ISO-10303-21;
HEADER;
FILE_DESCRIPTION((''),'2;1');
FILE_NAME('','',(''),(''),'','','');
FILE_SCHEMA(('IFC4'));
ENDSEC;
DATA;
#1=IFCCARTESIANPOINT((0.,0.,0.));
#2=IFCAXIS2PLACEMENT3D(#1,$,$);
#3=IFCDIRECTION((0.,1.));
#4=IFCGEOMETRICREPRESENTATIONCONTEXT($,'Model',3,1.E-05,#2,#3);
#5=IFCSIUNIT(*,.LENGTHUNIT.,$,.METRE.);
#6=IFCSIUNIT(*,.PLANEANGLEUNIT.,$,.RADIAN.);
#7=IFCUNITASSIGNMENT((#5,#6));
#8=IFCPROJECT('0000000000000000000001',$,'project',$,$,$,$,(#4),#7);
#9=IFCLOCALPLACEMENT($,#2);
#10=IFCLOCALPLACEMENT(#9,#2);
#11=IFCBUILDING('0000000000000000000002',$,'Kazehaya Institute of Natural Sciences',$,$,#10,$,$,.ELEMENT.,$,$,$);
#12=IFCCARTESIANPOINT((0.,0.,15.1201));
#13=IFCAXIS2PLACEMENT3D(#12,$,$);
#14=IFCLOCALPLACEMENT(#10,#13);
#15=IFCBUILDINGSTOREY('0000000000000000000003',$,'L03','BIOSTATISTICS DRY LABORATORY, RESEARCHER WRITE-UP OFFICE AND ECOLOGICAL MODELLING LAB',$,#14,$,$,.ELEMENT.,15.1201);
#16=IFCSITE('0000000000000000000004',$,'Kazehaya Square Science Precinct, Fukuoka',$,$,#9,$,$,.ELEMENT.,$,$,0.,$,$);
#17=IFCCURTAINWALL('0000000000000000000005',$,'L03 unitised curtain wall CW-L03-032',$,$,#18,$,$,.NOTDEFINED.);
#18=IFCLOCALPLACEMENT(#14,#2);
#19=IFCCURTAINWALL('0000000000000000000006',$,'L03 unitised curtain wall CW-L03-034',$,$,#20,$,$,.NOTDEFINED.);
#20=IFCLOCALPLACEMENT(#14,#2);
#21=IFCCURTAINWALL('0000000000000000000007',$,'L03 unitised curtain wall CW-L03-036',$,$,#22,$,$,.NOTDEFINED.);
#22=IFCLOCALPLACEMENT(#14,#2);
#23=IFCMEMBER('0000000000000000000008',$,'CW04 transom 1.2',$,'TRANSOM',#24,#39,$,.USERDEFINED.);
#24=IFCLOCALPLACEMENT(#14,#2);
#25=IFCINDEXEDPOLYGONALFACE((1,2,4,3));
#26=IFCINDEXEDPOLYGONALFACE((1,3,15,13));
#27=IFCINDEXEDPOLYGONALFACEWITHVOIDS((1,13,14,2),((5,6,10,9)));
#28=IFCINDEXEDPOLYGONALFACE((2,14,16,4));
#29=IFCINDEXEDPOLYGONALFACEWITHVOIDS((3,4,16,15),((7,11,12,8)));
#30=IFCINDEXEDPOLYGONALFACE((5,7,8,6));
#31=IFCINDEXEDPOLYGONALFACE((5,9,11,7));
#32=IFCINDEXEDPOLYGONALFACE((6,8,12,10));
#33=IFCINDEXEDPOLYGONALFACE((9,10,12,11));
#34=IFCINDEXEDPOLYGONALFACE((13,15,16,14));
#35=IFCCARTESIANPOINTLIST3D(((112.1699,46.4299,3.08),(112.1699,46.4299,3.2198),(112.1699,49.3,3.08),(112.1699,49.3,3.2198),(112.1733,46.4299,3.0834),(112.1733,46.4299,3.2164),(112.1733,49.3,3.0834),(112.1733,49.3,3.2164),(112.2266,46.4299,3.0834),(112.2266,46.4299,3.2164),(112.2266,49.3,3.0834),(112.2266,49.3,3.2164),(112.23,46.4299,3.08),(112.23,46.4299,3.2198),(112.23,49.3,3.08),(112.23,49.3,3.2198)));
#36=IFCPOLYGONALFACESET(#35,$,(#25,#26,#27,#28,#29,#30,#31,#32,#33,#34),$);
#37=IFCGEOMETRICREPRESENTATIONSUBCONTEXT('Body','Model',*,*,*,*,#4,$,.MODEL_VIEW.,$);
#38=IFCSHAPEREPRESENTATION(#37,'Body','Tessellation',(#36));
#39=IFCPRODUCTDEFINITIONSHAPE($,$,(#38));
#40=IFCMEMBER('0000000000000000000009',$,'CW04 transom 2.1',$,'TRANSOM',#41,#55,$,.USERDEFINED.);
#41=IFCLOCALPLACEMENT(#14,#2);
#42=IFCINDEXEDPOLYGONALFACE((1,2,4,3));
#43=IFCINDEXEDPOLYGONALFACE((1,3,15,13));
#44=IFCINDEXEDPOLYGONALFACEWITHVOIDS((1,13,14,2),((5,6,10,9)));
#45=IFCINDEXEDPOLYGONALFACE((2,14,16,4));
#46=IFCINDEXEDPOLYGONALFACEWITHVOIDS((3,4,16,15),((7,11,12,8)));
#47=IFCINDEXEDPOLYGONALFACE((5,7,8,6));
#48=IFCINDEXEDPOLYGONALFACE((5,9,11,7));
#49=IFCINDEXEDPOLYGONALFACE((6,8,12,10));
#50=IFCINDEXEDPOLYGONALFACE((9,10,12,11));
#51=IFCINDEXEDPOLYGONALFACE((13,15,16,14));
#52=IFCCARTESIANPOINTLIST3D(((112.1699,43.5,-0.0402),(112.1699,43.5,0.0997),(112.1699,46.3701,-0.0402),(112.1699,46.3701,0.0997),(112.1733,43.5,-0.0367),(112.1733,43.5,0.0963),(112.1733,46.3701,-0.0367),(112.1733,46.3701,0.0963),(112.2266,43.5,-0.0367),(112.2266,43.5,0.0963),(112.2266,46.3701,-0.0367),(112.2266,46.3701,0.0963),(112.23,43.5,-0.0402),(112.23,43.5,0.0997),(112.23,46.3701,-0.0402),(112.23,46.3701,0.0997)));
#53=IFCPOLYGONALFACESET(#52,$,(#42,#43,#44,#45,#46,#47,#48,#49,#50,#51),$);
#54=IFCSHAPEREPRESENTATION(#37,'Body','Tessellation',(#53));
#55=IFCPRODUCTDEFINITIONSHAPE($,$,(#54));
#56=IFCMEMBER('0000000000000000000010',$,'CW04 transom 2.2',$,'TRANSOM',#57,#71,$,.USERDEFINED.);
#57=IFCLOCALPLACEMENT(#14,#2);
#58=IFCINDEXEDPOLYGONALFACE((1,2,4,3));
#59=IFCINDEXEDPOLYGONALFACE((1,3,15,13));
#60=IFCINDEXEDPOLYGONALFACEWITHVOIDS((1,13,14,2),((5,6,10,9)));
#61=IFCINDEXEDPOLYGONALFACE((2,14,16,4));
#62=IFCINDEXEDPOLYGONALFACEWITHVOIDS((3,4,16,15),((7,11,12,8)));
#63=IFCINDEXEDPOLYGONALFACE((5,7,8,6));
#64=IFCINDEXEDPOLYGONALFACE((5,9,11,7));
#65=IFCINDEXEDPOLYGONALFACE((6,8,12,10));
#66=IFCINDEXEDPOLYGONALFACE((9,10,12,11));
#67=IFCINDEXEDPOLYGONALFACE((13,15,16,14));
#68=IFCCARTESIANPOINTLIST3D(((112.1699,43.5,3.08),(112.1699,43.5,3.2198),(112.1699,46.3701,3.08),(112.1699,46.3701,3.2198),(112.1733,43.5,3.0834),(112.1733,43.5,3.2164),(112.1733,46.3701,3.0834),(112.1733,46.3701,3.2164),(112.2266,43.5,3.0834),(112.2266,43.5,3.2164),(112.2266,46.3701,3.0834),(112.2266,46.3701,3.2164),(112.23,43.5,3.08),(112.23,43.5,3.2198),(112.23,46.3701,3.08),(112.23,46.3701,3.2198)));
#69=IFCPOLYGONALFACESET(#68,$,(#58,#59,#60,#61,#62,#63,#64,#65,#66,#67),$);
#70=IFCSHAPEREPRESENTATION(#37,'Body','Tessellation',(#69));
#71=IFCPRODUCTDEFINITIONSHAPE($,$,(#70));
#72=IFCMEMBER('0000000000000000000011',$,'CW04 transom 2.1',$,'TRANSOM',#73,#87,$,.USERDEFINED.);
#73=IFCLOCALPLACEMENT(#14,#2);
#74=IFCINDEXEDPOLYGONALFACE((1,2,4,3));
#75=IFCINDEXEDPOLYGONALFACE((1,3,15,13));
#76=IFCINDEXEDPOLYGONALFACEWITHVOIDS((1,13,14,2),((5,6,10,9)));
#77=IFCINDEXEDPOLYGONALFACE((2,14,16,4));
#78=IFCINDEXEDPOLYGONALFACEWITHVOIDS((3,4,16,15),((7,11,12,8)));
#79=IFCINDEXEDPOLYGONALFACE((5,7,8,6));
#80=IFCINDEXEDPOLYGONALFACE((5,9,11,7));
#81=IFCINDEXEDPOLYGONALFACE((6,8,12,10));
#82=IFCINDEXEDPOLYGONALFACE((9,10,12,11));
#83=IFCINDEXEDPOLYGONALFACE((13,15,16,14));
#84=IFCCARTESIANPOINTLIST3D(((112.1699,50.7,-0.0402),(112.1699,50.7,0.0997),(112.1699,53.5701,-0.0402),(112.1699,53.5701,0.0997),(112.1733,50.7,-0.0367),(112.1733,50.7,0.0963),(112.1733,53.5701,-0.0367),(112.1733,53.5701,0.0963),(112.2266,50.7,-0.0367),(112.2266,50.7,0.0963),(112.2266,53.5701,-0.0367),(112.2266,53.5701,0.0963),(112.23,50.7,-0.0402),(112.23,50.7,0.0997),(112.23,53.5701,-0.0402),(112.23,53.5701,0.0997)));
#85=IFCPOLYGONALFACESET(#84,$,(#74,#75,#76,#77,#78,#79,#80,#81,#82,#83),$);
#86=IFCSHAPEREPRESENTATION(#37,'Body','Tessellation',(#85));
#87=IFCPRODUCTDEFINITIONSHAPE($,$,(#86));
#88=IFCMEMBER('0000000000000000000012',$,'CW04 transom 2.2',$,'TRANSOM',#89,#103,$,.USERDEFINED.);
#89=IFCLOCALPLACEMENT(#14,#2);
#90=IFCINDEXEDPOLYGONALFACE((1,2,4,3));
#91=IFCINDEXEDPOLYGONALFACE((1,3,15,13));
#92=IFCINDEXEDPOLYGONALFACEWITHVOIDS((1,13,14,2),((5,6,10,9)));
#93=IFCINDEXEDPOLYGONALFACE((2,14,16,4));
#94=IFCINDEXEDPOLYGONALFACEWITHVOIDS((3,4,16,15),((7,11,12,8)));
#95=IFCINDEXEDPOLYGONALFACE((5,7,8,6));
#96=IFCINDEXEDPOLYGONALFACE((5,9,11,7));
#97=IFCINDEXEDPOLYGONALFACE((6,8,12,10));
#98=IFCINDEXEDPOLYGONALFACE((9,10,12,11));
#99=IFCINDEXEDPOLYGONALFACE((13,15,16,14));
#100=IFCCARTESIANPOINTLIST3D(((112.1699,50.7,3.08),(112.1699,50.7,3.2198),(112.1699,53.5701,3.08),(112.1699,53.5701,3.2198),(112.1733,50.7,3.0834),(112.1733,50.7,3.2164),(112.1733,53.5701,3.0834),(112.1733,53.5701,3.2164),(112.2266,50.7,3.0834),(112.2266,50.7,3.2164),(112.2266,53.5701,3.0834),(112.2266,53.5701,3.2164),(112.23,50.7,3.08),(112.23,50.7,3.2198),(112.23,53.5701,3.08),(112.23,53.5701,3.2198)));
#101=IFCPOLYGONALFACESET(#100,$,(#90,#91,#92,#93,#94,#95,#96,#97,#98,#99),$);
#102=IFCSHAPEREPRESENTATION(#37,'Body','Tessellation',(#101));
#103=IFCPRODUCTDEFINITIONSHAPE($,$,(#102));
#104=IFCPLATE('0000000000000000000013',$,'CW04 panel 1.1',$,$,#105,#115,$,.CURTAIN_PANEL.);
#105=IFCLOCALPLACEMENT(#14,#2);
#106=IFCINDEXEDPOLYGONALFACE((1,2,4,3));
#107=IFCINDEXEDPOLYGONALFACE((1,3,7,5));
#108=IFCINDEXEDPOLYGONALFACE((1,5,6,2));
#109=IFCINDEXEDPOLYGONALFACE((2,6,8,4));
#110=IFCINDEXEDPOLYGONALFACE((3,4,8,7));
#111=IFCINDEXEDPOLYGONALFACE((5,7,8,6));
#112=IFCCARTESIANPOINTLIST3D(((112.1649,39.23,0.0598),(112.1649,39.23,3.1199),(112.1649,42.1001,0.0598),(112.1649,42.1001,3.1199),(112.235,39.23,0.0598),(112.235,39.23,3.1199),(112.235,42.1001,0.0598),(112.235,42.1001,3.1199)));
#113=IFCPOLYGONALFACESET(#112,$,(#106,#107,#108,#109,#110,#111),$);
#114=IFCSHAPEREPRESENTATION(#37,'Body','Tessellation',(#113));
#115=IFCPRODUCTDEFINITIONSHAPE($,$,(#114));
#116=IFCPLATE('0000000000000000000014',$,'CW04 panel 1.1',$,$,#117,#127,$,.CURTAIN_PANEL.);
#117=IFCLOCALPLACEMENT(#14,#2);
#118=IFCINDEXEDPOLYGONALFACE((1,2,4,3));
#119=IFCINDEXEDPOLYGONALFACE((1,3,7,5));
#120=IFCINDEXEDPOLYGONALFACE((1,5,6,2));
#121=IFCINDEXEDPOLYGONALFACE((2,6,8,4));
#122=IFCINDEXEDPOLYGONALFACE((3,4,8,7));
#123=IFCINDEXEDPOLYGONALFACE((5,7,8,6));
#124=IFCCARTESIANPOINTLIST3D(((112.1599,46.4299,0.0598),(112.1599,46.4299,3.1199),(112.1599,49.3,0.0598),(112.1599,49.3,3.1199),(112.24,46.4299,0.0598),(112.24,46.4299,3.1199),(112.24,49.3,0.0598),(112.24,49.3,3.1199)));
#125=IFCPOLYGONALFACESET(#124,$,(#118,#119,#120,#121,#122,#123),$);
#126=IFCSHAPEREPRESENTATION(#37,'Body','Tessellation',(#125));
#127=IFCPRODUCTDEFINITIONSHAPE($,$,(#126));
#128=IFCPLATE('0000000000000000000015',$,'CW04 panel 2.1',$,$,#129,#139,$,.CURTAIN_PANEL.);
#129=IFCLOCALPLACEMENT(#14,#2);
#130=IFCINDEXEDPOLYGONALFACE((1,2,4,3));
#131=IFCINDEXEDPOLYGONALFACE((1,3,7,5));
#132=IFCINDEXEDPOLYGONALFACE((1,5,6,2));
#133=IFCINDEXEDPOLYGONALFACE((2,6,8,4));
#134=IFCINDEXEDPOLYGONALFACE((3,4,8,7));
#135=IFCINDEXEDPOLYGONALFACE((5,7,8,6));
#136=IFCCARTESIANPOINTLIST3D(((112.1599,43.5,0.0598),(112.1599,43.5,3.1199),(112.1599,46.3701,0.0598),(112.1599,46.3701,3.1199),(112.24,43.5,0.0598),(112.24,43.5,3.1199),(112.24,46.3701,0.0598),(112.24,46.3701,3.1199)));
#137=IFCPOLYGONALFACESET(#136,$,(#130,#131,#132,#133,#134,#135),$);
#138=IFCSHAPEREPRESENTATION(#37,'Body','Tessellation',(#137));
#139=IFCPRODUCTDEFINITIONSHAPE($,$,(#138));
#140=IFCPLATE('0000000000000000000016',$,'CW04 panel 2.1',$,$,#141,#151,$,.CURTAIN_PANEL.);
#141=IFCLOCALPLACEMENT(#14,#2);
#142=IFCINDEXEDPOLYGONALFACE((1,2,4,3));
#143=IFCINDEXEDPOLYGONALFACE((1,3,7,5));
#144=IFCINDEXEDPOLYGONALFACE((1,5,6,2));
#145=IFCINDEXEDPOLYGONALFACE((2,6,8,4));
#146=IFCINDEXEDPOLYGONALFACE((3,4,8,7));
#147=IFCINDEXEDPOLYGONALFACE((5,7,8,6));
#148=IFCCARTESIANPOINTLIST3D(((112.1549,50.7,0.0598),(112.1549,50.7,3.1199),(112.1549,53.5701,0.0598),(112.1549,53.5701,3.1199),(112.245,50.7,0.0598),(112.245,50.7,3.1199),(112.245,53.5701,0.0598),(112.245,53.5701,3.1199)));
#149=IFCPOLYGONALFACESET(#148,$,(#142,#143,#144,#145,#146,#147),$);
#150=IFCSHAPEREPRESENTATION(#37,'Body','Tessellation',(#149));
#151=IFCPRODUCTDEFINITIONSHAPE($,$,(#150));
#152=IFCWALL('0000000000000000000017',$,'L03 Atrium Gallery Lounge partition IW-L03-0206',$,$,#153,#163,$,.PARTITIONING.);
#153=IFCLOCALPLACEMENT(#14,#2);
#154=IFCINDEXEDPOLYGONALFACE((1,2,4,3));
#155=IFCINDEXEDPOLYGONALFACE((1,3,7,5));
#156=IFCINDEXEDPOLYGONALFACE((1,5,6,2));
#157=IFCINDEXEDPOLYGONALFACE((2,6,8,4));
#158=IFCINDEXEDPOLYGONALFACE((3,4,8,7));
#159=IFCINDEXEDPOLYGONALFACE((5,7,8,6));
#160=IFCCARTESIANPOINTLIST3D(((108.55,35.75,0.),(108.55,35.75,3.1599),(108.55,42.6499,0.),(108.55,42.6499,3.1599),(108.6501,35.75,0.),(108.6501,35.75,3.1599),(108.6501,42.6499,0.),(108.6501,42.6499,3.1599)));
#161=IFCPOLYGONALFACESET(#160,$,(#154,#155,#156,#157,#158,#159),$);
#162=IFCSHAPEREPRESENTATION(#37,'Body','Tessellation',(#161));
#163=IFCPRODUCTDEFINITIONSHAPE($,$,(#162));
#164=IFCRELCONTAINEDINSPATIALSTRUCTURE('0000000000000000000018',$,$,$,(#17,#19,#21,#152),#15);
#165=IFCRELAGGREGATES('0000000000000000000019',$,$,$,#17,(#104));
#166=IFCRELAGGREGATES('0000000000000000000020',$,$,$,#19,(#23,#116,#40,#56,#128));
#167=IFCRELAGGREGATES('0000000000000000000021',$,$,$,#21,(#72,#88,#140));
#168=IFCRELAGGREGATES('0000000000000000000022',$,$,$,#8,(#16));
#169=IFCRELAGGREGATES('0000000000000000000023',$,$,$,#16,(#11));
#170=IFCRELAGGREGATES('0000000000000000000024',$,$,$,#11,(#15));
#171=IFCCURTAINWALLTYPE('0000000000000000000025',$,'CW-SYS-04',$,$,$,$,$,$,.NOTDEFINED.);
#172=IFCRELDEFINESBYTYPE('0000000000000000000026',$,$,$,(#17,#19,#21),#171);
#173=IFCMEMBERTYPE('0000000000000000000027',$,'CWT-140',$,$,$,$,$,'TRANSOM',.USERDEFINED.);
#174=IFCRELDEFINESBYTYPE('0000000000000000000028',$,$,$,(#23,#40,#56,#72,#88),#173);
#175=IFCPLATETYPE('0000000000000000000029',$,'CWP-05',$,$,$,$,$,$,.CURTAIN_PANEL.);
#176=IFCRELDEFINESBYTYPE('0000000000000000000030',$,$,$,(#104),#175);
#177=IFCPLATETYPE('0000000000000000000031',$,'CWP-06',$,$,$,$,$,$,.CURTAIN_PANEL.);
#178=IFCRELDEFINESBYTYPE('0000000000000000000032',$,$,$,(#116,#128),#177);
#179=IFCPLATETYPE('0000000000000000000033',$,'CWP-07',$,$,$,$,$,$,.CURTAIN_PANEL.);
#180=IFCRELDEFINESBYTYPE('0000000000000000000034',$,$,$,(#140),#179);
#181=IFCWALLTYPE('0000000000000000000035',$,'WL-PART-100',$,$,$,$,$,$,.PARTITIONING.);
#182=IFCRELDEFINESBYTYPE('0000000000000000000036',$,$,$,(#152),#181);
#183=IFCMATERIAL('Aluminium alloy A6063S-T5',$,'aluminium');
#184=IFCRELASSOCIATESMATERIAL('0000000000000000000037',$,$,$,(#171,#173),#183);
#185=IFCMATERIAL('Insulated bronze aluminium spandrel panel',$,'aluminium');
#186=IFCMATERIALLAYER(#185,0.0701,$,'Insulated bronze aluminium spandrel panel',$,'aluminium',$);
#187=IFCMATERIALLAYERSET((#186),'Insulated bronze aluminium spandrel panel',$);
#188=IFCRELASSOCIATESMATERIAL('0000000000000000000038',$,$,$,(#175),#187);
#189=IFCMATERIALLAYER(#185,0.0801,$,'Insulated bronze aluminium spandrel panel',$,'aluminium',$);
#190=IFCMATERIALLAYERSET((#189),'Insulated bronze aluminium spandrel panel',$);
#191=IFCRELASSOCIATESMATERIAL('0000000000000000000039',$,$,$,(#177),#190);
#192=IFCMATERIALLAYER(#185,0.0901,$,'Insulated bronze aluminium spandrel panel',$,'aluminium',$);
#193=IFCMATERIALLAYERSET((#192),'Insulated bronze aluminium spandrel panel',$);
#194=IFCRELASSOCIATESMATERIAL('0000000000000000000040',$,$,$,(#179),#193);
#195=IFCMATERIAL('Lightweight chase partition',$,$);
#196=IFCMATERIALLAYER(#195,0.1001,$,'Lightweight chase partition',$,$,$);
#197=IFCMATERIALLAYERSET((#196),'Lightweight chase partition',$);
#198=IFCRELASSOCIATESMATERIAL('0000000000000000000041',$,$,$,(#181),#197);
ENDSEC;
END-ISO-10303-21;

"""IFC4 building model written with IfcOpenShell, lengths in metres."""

from ifc_helpers import new_model, si_unit, direction, frame, frame_2d, origin, origin_2d, place, context, subcontext, project, spatial, rectangle, hollow_rectangle, extrude, material, layer, layer_set, material_profile, profile_set, type_object, element, aggregate, save


model = new_model("IFC4")

# Units and contexts
model_context = context("Model", 3, precision=1e-05, world=origin(), true_north=direction((0.0, 1.0)))
body_context = subcontext(model_context, "Body", "Model", "MODEL_VIEW")
ifc_project = project(units=[si_unit("LENGTHUNIT", "METRE"), si_unit("PLANEANGLEUNIT", "RADIAN")], contexts=[model_context])

# Site, building, storey
site_placement = place(None, origin())
site = spatial("IfcSite", under=ifc_project, at=site_placement, Name="Kazehaya Square Science Precinct, Fukuoka", CompositionType="ELEMENT", RefElevation=0.0)
building_placement = place(site_placement, origin())
building = spatial("IfcBuilding", under=site, at=building_placement, Name="Kazehaya Institute of Natural Sciences", CompositionType="ELEMENT")
storey_placement = place(building_placement, frame((0.0, 0.0, 15.1201)))
storey = spatial("IfcBuildingStorey", under=building, at=storey_placement, Name="L03", Description="BIOSTATISTICS DRY LABORATORY, RESEARCHER WRITE-UP OFFICE AND ECOLOGICAL MODELLING LAB", CompositionType="ELEMENT", Elevation=15.1201)

# Curtain wall
ifc_material_1 = material(Name="Aluminium alloy A6063S-T5", Category="aluminium")
curtain_wall_type = type_object("IfcCurtainWallType", Name="CW-SYS-04", PredefinedType="NOTDEFINED", material=ifc_material_1)
curtain_wall_1_placement = place(storey_placement, origin())
curtain_wall_1 = element("IfcCurtainWall", 1, at=curtain_wall_1_placement, inside=storey, type_object=curtain_wall_type, Name="L03 unitised curtain wall CW-L03-032", PredefinedType="NOTDEFINED")

# Curtain wall
curtain_wall_2_placement = place(storey_placement, origin())
curtain_wall_2 = element("IfcCurtainWall", 2, at=curtain_wall_2_placement, inside=storey, type_object=curtain_wall_type, Name="L03 unitised curtain wall CW-L03-034", PredefinedType="NOTDEFINED")

# Curtain wall
curtain_wall_3_placement = place(storey_placement, origin())
curtain_wall_3 = element("IfcCurtainWall", 3, at=curtain_wall_3_placement, inside=storey, type_object=curtain_wall_type, Name="L03 unitised curtain wall CW-L03-036", PredefinedType="NOTDEFINED")

# Members
ifc_material_profile_1 = material_profile(ifc_material_1, hollow_rectangle(XDim=0.0601, YDim=0.1399, WallThickness=0.0034, at=origin_2d()), Name="ALU-60x140x3.5")
ifc_profile_set_1 = profile_set([ifc_material_profile_1], Name="Aluminium alloy A6063S-T5")
member_type_1 = type_object("IfcMemberType", Name="CWT-140", ElementType="TRANSOM", PredefinedType="USERDEFINED", material=ifc_profile_set_1)
member_1_placement = place(storey_placement, frame((112.2, 49.3, 3.1499), z_axis=(0.0, -1.0, 0.0), x_axis=(1.0, 0.0, 0.0)))
member_1 = element("IfcMember", 4, at=member_1_placement, type_object=member_type_1, Name="CW04 transom 1.2", ObjectType="TRANSOM", PredefinedType="USERDEFINED", context=body_context, shape_type="SweptSolid", body=[
    extrude(hollow_rectangle(XDim=0.0601, YDim=0.1399, WallThickness=0.0034, at=origin_2d()), origin(), (0.0, 0.0, 1.0), 2.8701),
])
member_2_placement = place(storey_placement, frame((112.2, 46.3701, 0.0298), z_axis=(0.0, -1.0, 0.0), x_axis=(1.0, 0.0, 0.0)))
member_2 = element("IfcMember", 5, at=member_2_placement, type_object=member_type_1, Name="CW04 transom 2.1", ObjectType="TRANSOM", PredefinedType="USERDEFINED", context=body_context, shape_type="SweptSolid", body=[
    extrude(hollow_rectangle(XDim=0.0601, YDim=0.1399, WallThickness=0.0034, at=origin_2d()), origin(), (0.0, 0.0, 1.0), 2.8701),
])
member_3_placement = place(storey_placement, frame((112.2, 46.3701, 3.1499), z_axis=(0.0, -1.0, 0.0), x_axis=(1.0, 0.0, 0.0)))
member_3 = element("IfcMember", 6, at=member_3_placement, type_object=member_type_1, Name="CW04 transom 2.2", ObjectType="TRANSOM", PredefinedType="USERDEFINED", context=body_context, shape_type="SweptSolid", body=[
    extrude(hollow_rectangle(XDim=0.0601, YDim=0.1399, WallThickness=0.0034, at=origin_2d()), origin(), (0.0, 0.0, 1.0), 2.8701),
])
member_4_placement = place(storey_placement, frame((112.2, 53.5701, 0.0298), z_axis=(0.0, -1.0, 0.0), x_axis=(1.0, 0.0, 0.0)))
member_4 = element("IfcMember", 7, at=member_4_placement, type_object=member_type_1, Name="CW04 transom 2.1", ObjectType="TRANSOM", PredefinedType="USERDEFINED", context=body_context, shape_type="SweptSolid", body=[
    extrude(hollow_rectangle(XDim=0.0601, YDim=0.1399, WallThickness=0.0034, at=origin_2d()), origin(), (0.0, 0.0, 1.0), 2.8701),
])
member_5_placement = place(storey_placement, frame((112.2, 53.5701, 3.1499), z_axis=(0.0, -1.0, 0.0), x_axis=(1.0, 0.0, 0.0)))
member_5 = element("IfcMember", 8, at=member_5_placement, type_object=member_type_1, Name="CW04 transom 2.2", ObjectType="TRANSOM", PredefinedType="USERDEFINED", context=body_context, shape_type="SweptSolid", body=[
    extrude(hollow_rectangle(XDim=0.0601, YDim=0.1399, WallThickness=0.0034, at=origin_2d()), origin(), (0.0, 0.0, 1.0), 2.8701),
])

# Plates
ifc_material_2 = material(Name="Insulated bronze aluminium spandrel panel", Category="aluminium")
ifc_layer_1 = layer(ifc_material_2, 0.0701, Name="Insulated bronze aluminium spandrel panel", Category="aluminium")
ifc_layer_set_1 = layer_set([ifc_layer_1], Name="Insulated bronze aluminium spandrel panel")
plate_type_1 = type_object("IfcPlateType", Name="CWP-05", PredefinedType="CURTAIN_PANEL", material=ifc_layer_set_1)
plate_1_placement = place(storey_placement, frame((112.2, 40.665, 0.0598), z_axis=(0.0, 0.0, 1.0), x_axis=(0.0, -1.0, 0.0)))
plate_1 = element("IfcPlate", 9, at=plate_1_placement, type_object=plate_type_1, Name="CW04 panel 1.1", PredefinedType="CURTAIN_PANEL", context=body_context, shape_type="SweptSolid", body=[
    extrude(rectangle(XDim=2.8701, YDim=0.0701, at=origin_2d()), origin(), (0.0, 0.0, 1.0), 3.0601),
])
aggregate(curtain_wall_1, [plate_1])
ifc_layer_2 = layer(ifc_material_2, 0.0801, Name="Insulated bronze aluminium spandrel panel", Category="aluminium")
ifc_layer_set_2 = layer_set([ifc_layer_2], Name="Insulated bronze aluminium spandrel panel")
plate_type_2 = type_object("IfcPlateType", Name="CWP-06", PredefinedType="CURTAIN_PANEL", material=ifc_layer_set_2)
plate_2_placement = place(storey_placement, frame((112.2, 47.865, 0.0598), z_axis=(0.0, 0.0, 1.0), x_axis=(0.0, -1.0, 0.0)))
plate_2 = element("IfcPlate", 10, at=plate_2_placement, type_object=plate_type_2, Name="CW04 panel 1.1", PredefinedType="CURTAIN_PANEL", context=body_context, shape_type="SweptSolid", body=[
    extrude(rectangle(XDim=2.8701, YDim=0.0801, at=origin_2d()), origin(), (0.0, 0.0, 1.0), 3.0601),
])
plate_3_placement = place(storey_placement, frame((112.2, 44.9351, 0.0598), z_axis=(0.0, 0.0, 1.0), x_axis=(0.0, -1.0, 0.0)))
plate_3 = element("IfcPlate", 11, at=plate_3_placement, type_object=plate_type_2, Name="CW04 panel 2.1", PredefinedType="CURTAIN_PANEL", context=body_context, shape_type="SweptSolid", body=[
    extrude(rectangle(XDim=2.8701, YDim=0.0801, at=origin_2d()), origin(), (0.0, 0.0, 1.0), 3.0601),
])
aggregate(curtain_wall_2, [member_1, plate_2, member_2, member_3, plate_3])
ifc_layer_3 = layer(ifc_material_2, 0.0901, Name="Insulated bronze aluminium spandrel panel", Category="aluminium")
ifc_layer_set_3 = layer_set([ifc_layer_3], Name="Insulated bronze aluminium spandrel panel")
plate_type_3 = type_object("IfcPlateType", Name="CWP-07", PredefinedType="CURTAIN_PANEL", material=ifc_layer_set_3)
plate_4_placement = place(storey_placement, frame((112.2, 52.135, 0.0598), z_axis=(0.0, 0.0, 1.0), x_axis=(0.0, -1.0, 0.0)))
plate_4 = element("IfcPlate", 12, at=plate_4_placement, type_object=plate_type_3, Name="CW04 panel 2.1", PredefinedType="CURTAIN_PANEL", context=body_context, shape_type="SweptSolid", body=[
    extrude(rectangle(XDim=2.8701, YDim=0.0901, at=origin_2d()), origin(), (0.0, 0.0, 1.0), 3.0601),
])
aggregate(curtain_wall_3, [member_4, member_5, plate_4])

# Wall
ifc_material_3 = material(Name="Lightweight chase partition")
ifc_layer_4 = layer(ifc_material_3, 0.1001, Name="Lightweight chase partition")
ifc_layer_set_4 = layer_set([ifc_layer_4], Name="Lightweight chase partition")
wall_type = type_object("IfcWallType", Name="WL-PART-100", PredefinedType="PARTITIONING", material=ifc_layer_set_4)
wall_placement = place(storey_placement, frame((108.6001, 42.6499, 0.0), z_axis=(0.0, 0.0, 1.0), x_axis=(0.0, -1.0, 0.0)))
element("IfcWall", 13, at=wall_placement, inside=storey, type_object=wall_type, Name="L03 Atrium Gallery Lounge partition IW-L03-0206", PredefinedType="PARTITIONING", context=body_context, shape_type="SweptSolid", body=[
    extrude(rectangle(XDim=6.8999, YDim=0.1001, at=frame_2d((3.45, 0.0))), origin(), (0.0, 0.0, 1.0), 3.1599),
])

save(model, "model.ifc")
